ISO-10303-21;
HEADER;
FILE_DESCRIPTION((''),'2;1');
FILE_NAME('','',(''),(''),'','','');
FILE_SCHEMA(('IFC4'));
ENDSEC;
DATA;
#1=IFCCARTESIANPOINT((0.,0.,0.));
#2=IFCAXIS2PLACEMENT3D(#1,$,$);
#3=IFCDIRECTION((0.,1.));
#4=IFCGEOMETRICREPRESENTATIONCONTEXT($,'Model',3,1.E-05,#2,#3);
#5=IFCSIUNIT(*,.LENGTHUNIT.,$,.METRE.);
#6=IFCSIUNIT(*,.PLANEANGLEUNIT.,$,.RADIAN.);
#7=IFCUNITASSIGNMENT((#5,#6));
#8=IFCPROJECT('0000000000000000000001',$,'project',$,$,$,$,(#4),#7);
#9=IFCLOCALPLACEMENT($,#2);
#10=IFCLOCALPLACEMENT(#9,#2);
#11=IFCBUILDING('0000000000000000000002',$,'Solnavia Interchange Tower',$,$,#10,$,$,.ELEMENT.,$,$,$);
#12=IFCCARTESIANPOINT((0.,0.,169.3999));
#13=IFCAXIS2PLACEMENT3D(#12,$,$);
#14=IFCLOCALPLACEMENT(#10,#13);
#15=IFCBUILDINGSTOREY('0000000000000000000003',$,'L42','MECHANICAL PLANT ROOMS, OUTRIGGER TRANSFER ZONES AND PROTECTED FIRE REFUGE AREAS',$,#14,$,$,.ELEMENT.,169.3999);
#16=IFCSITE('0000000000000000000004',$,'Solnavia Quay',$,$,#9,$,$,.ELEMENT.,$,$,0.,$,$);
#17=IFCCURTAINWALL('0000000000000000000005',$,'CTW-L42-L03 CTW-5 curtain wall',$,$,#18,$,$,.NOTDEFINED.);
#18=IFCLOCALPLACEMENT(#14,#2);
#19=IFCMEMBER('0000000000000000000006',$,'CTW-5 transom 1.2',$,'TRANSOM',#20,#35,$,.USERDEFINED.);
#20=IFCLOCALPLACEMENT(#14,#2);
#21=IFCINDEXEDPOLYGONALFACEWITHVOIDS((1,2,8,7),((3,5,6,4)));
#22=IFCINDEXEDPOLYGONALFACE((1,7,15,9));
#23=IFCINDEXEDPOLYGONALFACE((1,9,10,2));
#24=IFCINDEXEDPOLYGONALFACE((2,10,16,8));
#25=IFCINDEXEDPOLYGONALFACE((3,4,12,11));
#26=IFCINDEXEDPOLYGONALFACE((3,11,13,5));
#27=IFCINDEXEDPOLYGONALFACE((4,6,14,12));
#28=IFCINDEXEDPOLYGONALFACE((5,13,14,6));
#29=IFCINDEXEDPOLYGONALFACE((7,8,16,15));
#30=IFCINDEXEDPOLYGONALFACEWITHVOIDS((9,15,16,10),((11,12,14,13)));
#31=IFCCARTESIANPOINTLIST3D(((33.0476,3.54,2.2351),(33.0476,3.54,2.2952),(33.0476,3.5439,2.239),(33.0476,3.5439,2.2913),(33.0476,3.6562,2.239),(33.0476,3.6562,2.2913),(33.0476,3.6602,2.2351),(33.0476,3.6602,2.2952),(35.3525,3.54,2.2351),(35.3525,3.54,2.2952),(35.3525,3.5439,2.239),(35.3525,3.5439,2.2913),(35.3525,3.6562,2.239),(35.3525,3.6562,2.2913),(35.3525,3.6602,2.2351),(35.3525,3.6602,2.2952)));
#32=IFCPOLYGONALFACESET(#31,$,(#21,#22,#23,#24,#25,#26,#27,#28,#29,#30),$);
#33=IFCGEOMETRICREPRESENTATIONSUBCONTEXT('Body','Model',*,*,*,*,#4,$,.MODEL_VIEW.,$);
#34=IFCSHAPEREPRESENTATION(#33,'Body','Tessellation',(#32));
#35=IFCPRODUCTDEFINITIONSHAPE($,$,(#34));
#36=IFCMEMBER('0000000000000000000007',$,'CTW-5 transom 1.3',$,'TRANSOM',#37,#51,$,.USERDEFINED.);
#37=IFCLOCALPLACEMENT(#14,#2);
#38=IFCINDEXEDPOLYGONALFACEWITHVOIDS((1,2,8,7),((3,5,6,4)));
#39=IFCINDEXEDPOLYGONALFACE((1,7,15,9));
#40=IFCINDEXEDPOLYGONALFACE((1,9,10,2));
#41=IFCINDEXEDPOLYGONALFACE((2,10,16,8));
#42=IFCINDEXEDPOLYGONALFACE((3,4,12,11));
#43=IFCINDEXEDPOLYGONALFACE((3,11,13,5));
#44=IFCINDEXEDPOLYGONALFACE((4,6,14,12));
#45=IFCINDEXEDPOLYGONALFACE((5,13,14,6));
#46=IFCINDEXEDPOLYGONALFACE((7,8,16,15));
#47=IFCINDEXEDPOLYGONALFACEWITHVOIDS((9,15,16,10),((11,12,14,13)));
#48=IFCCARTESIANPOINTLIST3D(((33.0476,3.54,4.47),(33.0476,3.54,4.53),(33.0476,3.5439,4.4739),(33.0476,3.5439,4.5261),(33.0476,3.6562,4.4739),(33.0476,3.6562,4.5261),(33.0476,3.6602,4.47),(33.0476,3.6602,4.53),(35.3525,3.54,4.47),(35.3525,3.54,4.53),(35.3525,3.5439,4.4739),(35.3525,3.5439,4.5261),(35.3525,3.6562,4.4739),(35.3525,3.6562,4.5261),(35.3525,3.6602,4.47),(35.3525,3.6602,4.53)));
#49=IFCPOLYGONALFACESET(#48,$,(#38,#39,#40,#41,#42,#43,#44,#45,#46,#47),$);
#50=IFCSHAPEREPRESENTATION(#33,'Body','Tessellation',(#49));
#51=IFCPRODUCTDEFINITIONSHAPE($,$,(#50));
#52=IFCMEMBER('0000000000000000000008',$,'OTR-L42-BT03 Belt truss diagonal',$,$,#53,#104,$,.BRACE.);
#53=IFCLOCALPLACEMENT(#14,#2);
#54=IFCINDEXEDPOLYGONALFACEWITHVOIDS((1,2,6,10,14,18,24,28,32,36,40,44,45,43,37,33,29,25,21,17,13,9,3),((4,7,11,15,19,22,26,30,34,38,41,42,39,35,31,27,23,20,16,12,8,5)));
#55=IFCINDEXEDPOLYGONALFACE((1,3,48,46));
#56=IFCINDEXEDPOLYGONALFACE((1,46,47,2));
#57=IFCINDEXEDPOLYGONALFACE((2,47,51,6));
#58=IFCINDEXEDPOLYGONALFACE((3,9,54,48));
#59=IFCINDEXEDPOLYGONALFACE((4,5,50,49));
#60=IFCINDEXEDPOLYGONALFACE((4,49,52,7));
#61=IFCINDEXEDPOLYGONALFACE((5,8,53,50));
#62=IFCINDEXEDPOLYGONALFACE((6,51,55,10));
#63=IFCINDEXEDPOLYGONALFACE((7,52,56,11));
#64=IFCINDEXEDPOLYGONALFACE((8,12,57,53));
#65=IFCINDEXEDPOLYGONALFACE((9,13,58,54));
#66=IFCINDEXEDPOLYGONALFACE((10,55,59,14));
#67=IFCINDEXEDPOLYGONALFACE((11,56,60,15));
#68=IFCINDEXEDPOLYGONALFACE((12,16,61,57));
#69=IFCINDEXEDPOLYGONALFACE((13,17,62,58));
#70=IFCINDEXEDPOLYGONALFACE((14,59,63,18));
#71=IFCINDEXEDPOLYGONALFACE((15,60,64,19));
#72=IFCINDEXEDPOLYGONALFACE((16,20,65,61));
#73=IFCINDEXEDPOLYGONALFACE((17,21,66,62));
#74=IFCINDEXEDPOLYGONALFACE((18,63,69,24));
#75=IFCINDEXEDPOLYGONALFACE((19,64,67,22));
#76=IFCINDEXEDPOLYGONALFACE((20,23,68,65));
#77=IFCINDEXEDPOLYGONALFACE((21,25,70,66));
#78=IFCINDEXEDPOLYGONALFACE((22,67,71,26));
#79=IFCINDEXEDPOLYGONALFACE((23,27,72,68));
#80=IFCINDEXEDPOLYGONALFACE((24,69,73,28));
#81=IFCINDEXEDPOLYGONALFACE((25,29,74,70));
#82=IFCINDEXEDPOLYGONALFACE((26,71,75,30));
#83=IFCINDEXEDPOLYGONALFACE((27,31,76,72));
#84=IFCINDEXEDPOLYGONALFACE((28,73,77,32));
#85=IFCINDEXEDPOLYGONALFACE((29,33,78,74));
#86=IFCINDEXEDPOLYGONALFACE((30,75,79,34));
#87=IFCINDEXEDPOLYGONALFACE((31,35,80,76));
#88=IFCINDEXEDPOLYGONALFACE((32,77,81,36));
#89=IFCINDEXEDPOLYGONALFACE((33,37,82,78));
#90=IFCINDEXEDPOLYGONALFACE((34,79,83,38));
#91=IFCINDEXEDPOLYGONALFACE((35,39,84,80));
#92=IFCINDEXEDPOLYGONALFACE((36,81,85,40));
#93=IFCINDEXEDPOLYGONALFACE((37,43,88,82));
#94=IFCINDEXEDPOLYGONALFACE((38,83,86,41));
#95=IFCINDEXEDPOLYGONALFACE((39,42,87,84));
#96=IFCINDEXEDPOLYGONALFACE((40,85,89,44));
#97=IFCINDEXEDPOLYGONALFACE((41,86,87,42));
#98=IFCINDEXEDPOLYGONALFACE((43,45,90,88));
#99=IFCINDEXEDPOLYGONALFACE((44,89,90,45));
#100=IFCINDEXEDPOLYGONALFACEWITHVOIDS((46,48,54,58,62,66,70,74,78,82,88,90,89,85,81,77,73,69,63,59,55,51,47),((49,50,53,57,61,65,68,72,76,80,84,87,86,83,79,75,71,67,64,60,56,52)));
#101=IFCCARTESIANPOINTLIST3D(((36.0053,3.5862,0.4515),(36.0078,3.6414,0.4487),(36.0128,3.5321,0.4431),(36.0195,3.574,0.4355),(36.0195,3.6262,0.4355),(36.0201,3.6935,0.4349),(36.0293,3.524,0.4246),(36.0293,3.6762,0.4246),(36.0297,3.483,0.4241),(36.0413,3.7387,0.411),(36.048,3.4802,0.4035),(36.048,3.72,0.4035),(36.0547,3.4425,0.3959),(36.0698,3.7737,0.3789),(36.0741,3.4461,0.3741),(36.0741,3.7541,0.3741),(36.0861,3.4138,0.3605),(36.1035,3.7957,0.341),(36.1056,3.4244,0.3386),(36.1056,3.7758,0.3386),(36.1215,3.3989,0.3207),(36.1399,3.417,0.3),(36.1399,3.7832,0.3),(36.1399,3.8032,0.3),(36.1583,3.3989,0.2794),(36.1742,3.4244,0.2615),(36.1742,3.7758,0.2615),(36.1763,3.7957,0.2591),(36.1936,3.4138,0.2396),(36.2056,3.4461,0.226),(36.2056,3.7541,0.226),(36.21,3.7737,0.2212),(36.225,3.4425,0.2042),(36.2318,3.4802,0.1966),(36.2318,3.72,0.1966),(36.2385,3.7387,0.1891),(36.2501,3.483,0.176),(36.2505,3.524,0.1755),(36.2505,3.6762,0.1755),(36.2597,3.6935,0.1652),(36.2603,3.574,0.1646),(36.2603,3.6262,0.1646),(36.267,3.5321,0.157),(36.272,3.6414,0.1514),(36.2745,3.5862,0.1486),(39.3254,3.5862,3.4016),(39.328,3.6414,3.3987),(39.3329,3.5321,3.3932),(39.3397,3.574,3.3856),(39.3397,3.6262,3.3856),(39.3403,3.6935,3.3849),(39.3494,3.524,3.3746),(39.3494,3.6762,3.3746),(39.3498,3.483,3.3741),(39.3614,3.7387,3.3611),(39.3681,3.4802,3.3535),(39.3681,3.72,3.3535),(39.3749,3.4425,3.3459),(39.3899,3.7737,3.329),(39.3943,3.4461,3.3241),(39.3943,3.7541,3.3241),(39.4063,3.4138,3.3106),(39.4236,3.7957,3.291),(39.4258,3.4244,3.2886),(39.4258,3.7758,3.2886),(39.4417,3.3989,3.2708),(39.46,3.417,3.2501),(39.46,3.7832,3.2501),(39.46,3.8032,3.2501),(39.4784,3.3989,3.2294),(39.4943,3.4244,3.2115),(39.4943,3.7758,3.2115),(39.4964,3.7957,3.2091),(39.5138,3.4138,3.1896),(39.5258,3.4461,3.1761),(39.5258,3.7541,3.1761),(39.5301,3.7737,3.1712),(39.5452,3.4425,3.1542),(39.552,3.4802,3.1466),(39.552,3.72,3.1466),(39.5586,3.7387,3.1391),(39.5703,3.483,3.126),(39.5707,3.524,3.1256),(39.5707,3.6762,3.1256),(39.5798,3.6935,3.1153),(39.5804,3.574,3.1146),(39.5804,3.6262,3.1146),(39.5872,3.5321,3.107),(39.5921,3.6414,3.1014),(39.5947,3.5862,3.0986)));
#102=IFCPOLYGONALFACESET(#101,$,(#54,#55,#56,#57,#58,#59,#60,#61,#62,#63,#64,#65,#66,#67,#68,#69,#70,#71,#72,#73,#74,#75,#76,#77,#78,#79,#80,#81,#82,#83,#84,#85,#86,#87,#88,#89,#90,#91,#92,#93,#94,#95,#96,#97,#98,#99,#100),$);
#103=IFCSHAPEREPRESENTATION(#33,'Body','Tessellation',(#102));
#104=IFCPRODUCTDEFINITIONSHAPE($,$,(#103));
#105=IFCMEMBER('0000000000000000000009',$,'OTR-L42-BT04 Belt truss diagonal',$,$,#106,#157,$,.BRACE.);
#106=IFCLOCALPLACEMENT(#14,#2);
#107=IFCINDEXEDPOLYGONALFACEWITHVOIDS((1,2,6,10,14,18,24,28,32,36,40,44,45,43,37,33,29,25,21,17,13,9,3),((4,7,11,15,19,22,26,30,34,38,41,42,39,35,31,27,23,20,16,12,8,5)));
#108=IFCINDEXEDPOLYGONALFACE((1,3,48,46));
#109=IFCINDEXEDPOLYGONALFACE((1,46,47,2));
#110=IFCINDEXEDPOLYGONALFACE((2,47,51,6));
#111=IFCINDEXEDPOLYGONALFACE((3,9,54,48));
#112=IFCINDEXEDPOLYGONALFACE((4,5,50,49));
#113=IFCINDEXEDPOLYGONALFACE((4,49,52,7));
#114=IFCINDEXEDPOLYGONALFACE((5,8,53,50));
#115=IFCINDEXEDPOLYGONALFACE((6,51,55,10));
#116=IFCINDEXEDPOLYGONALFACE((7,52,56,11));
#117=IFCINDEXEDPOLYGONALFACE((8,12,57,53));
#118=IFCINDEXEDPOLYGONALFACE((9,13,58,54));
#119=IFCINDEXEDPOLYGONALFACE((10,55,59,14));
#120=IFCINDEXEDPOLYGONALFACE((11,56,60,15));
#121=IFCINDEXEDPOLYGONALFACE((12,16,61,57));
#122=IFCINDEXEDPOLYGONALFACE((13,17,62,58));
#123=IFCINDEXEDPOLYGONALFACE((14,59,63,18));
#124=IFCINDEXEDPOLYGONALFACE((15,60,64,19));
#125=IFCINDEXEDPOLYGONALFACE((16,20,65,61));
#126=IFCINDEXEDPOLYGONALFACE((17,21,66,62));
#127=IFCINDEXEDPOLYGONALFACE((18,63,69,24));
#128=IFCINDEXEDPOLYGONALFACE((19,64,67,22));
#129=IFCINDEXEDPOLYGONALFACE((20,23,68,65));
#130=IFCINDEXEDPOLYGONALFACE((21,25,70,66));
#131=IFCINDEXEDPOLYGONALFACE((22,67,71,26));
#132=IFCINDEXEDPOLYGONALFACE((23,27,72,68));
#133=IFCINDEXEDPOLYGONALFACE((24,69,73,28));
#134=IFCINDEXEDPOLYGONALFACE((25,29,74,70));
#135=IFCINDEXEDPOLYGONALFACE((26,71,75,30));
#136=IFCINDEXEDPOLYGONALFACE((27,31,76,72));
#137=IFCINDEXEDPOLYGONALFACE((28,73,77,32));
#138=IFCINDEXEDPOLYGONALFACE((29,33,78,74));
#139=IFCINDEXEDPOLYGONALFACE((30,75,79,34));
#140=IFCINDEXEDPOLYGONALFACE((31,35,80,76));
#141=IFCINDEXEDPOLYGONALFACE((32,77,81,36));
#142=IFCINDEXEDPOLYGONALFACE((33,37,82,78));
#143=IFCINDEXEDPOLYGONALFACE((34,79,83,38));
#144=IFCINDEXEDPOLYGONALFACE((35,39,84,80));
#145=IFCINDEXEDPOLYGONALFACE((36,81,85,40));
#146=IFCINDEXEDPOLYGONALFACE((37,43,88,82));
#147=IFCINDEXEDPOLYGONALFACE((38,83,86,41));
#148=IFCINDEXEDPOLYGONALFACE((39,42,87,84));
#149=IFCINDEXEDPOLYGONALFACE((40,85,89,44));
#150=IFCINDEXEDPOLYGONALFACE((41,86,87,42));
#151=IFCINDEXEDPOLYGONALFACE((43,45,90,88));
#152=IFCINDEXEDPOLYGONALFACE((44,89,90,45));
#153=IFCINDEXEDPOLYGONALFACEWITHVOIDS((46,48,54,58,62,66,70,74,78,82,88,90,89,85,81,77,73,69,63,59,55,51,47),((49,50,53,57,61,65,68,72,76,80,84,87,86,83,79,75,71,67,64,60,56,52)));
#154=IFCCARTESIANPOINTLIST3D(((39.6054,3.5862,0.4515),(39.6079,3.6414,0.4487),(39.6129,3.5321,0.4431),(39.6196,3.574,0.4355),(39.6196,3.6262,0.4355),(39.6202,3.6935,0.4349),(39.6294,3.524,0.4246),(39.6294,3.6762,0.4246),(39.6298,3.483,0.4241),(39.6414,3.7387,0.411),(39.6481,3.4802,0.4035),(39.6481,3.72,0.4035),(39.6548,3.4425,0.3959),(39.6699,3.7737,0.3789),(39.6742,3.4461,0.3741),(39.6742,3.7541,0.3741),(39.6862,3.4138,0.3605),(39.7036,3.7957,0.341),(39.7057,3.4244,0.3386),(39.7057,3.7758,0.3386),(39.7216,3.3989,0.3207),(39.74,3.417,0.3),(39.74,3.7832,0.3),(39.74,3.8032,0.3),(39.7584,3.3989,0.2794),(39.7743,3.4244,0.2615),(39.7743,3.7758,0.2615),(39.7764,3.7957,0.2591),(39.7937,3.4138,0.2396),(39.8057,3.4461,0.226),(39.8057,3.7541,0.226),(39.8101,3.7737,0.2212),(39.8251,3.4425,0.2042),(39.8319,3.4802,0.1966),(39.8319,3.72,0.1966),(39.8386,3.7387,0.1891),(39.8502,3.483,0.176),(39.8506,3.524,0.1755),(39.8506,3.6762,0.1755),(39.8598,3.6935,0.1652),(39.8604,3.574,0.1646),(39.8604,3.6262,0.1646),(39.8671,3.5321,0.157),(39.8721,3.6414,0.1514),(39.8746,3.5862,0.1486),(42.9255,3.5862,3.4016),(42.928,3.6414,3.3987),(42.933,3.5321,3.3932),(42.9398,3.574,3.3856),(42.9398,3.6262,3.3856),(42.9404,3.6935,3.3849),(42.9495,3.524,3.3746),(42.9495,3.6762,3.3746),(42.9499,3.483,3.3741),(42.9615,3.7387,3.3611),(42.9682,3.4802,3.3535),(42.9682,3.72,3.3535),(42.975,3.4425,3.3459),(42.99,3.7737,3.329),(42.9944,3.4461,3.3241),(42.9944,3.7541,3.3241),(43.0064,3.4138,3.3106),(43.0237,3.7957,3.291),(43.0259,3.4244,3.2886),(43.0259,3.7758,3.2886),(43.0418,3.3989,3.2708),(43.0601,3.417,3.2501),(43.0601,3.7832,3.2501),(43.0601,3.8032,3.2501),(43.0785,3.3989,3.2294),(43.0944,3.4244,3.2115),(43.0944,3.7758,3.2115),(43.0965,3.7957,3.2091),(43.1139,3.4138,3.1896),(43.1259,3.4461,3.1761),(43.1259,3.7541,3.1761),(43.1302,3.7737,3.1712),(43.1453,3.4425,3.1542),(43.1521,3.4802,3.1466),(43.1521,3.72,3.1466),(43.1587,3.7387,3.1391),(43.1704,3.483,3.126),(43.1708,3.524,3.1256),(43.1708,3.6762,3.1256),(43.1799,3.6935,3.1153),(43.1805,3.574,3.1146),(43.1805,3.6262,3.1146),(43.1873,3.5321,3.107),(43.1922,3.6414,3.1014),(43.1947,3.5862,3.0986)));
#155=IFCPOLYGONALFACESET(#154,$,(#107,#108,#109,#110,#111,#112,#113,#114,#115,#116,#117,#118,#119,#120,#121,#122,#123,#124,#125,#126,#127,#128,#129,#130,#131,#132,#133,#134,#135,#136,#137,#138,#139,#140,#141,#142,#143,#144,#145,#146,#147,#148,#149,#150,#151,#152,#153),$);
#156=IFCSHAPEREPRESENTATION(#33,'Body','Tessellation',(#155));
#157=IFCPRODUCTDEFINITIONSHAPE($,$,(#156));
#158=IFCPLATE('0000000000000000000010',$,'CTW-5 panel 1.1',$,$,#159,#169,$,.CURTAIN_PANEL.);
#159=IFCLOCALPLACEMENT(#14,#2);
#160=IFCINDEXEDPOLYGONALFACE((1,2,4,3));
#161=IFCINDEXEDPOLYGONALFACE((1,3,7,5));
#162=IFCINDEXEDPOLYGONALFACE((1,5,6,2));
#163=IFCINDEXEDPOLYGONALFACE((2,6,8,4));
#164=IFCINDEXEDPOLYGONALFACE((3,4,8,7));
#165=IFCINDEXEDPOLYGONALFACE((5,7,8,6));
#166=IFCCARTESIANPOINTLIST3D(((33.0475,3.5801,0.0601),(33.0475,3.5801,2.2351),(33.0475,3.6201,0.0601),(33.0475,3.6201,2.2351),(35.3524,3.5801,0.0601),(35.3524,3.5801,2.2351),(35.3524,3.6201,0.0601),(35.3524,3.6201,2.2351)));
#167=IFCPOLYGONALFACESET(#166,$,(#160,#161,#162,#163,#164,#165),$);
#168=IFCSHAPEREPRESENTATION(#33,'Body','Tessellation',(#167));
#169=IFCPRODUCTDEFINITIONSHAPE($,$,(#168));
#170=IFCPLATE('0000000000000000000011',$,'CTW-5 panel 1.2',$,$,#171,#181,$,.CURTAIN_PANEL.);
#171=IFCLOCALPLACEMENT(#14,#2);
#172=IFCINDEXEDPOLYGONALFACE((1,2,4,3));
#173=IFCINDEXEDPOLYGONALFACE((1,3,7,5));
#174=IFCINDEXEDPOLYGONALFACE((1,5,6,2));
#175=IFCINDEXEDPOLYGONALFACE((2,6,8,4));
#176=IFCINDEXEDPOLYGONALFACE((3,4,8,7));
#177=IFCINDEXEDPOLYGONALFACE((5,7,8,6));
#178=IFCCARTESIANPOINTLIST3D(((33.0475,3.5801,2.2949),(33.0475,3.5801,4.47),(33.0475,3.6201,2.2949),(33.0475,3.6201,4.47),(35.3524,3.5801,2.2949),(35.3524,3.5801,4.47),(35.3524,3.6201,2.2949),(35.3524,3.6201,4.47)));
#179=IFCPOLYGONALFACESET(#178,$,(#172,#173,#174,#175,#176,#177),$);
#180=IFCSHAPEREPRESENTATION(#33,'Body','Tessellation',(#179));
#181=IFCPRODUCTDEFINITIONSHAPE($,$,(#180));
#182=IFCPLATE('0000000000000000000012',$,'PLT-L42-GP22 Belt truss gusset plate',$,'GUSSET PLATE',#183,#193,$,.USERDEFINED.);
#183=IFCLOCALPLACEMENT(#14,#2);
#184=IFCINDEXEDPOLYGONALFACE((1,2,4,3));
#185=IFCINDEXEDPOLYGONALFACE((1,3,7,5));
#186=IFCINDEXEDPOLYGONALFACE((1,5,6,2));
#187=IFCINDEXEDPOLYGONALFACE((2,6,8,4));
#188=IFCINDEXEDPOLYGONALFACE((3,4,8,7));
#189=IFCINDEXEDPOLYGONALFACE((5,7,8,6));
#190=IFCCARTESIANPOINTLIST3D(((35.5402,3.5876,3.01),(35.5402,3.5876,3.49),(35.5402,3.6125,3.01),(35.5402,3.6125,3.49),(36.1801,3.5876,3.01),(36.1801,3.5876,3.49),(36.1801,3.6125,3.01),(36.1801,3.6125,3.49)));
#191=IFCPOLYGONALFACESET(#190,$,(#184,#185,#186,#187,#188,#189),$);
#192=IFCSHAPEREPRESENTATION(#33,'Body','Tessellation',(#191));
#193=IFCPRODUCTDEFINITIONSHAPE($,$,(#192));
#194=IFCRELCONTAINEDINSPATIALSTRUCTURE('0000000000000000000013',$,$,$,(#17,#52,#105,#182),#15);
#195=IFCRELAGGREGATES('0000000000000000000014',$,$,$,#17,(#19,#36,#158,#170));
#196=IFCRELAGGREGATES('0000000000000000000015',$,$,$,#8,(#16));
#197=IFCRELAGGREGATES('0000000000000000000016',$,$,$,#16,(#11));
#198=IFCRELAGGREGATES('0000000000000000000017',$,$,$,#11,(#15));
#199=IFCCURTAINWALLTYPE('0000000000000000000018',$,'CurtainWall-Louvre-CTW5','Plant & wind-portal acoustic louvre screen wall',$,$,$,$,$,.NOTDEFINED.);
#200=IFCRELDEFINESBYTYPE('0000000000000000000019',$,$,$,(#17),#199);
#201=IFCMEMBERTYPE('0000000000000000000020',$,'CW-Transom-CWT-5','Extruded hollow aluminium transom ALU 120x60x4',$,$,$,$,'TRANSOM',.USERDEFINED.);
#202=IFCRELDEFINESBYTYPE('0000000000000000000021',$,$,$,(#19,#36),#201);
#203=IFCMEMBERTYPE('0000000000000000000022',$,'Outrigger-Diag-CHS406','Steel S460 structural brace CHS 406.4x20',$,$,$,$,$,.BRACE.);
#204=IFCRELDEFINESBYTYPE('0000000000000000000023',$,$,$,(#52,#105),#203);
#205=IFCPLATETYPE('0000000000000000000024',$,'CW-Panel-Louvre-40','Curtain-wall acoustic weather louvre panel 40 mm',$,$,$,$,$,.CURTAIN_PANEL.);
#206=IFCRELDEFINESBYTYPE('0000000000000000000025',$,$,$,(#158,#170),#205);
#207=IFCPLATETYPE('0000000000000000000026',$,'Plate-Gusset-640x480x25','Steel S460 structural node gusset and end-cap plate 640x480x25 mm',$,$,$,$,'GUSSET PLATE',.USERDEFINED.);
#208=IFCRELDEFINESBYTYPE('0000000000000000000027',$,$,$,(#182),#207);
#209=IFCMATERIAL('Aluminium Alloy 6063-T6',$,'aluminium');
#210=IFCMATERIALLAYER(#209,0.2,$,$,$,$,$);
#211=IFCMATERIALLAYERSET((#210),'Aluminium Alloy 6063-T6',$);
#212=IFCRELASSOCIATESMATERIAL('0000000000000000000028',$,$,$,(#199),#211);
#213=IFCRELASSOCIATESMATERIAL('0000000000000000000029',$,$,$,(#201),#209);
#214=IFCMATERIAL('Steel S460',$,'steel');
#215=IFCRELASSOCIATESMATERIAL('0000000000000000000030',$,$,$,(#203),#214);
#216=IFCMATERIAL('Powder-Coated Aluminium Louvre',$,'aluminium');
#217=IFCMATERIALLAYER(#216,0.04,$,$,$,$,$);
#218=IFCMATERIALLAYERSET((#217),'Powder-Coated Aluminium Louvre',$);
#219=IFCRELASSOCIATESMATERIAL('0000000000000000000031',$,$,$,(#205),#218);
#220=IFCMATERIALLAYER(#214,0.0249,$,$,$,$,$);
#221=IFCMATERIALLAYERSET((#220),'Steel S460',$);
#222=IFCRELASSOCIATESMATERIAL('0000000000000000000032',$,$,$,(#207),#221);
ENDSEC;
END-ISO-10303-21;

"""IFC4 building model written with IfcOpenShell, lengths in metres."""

from ifc_helpers import new_model, si_unit, direction, frame, origin, origin_2d, place, context, subcontext, project, spatial, rectangle, hollow_rectangle, hollow_circle, extrude, material, layer, layer_set, material_profile, profile_set, type_object, element, aggregate, save


model = new_model("IFC4")

# Units and contexts
model_context = context("Model", 3, precision=1e-05, world=origin(), true_north=direction((0.0, 1.0)))
body_context = subcontext(model_context, "Body", "Model", "MODEL_VIEW")
ifc_project = project(units=[si_unit("LENGTHUNIT", "METRE"), si_unit("PLANEANGLEUNIT", "RADIAN")], contexts=[model_context])

# Site, building, storey
site_placement = place(None, origin())
site = spatial("IfcSite", under=ifc_project, at=site_placement, Name="Solnavia Quay", CompositionType="ELEMENT", RefElevation=0.0)
building_placement = place(site_placement, origin())
building = spatial("IfcBuilding", under=site, at=building_placement, Name="Solnavia Interchange Tower", CompositionType="ELEMENT")
storey_placement = place(building_placement, frame((0.0, 0.0, 169.3999)))
storey = spatial("IfcBuildingStorey", under=building, at=storey_placement, Name="L42", Description="MECHANICAL PLANT ROOMS, OUTRIGGER TRANSFER ZONES AND PROTECTED FIRE REFUGE AREAS", CompositionType="ELEMENT", Elevation=169.3999)

# Shared definitions
ifc_material_1 = material(Name="Steel S460", Category="steel")

# Curtain wall, members
ifc_material_2 = material(Name="Aluminium Alloy 6063-T6", Category="aluminium")
ifc_layer_1 = layer(ifc_material_2, 0.2)
ifc_layer_set_1 = layer_set([ifc_layer_1], Name="Aluminium Alloy 6063-T6")
curtain_wall_type = type_object("IfcCurtainWallType", Name="CurtainWall-Louvre-CTW5", Description="Plant & wind-portal acoustic louvre screen wall", PredefinedType="NOTDEFINED", material=ifc_layer_set_1)
curtain_wall_placement = place(storey_placement, origin())
curtain_wall = element("IfcCurtainWall", 1, at=curtain_wall_placement, inside=storey, type_object=curtain_wall_type, Name="CTW-L42-L03 CTW-5 curtain wall", PredefinedType="NOTDEFINED")
ifc_material_profile_1 = material_profile(ifc_material_2, hollow_rectangle(XDim=0.0601, YDim=0.1201, WallThickness=0.0039, at=origin_2d()), Name="ALU 120x60x4")
ifc_profile_set_1 = profile_set([ifc_material_profile_1], Name="Aluminium Alloy 6063-T6")
member_type_1 = type_object("IfcMemberType", Name="CW-Transom-CWT-5", Description="Extruded hollow aluminium transom ALU 120x60x4", ElementType="TRANSOM", PredefinedType="USERDEFINED", material=ifc_profile_set_1)
member_1_placement = place(storey_placement, frame((33.0476, 3.6001, 2.2651), z_axis=(1.0, 0.0, 0.0), x_axis=(0.0, 0.0, 1.0)))
member_1 = element("IfcMember", 2, at=member_1_placement, type_object=member_type_1, Name="CTW-5 transom 1.2", ObjectType="TRANSOM", PredefinedType="USERDEFINED", context=body_context, shape_type="SweptSolid", body=[
    extrude(hollow_rectangle(XDim=0.0601, YDim=0.1201, WallThickness=0.0039, at=origin_2d()), origin(), (0.0, 0.0, 1.0), 2.3049),
])
member_2_placement = place(storey_placement, frame((33.0476, 3.6001, 4.5), z_axis=(1.0, 0.0, 0.0), x_axis=(0.0, 0.0, 1.0)))
member_2 = element("IfcMember", 3, at=member_2_placement, type_object=member_type_1, Name="CTW-5 transom 1.3", ObjectType="TRANSOM", PredefinedType="USERDEFINED", context=body_context, shape_type="SweptSolid", body=[
    extrude(hollow_rectangle(XDim=0.0601, YDim=0.1201, WallThickness=0.0039, at=origin_2d()), origin(), (0.0, 0.0, 1.0), 2.3049),
])

# Members
ifc_material_profile_2 = material_profile(ifc_material_1, hollow_circle(Radius=0.2031, WallThickness=0.02, at=origin_2d()), Name="CHS 406.4x20")
ifc_profile_set_2 = profile_set([ifc_material_profile_2], Name="Steel S460")
member_type_2 = type_object("IfcMemberType", Name="Outrigger-Diag-CHS406", Description="Steel S460 structural brace CHS 406.4x20", PredefinedType="BRACE", material=ifc_profile_set_2)
for number, where, z_axis, x_axis, name in (
    (4, (36.1399, 3.6001, 0.3), (0.747546, 0.0, 0.66421), (0.0, 1.0, 0.0), "OTR-L42-BT03 Belt truss diagonal"),
    (5, (39.74, 3.6001, 0.3), (0.747546, 0.0, 0.66421), (0.0, 1.0, 0.0), "OTR-L42-BT04 Belt truss diagonal"),
):
    element("IfcMember", number, at=place(storey_placement, frame(where, z_axis=z_axis, x_axis=x_axis)), inside=storey, type_object=member_type_2, Name=name, PredefinedType="BRACE", context=body_context, shape_type="SweptSolid", body=[
        extrude(hollow_circle(Radius=0.2031, WallThickness=0.02, at=origin_2d()), origin(), (0.0, 0.0, 1.0), 4.4414),
    ])

# Plates
ifc_material_3 = material(Name="Powder-Coated Aluminium Louvre", Category="aluminium")
ifc_layer_2 = layer(ifc_material_3, 0.04)
ifc_layer_set_2 = layer_set([ifc_layer_2], Name="Powder-Coated Aluminium Louvre")
plate_type_1 = type_object("IfcPlateType", Name="CW-Panel-Louvre-40", Description="Curtain-wall acoustic weather louvre panel 40 mm", PredefinedType="CURTAIN_PANEL", material=ifc_layer_set_2)
plate_1_placement = place(storey_placement, frame((34.2, 3.6001, 0.0601), z_axis=(0.0, 0.0, 1.0), x_axis=(1.0, 0.0, 0.0)))
plate_1 = element("IfcPlate", 6, at=plate_1_placement, type_object=plate_type_1, Name="CTW-5 panel 1.1", PredefinedType="CURTAIN_PANEL", context=body_context, shape_type="SweptSolid", body=[
    extrude(rectangle(XDim=2.3049, YDim=0.04, at=origin_2d()), origin(), (0.0, 0.0, 1.0), 2.175),
])
plate_2_placement = place(storey_placement, frame((34.2, 3.6001, 2.2949), z_axis=(0.0, 0.0, 1.0), x_axis=(1.0, 0.0, 0.0)))
plate_2 = element("IfcPlate", 7, at=plate_2_placement, type_object=plate_type_1, Name="CTW-5 panel 1.2", PredefinedType="CURTAIN_PANEL", context=body_context, shape_type="SweptSolid", body=[
    extrude(rectangle(XDim=2.3049, YDim=0.04, at=origin_2d()), origin(), (0.0, 0.0, 1.0), 2.175),
])
aggregate(curtain_wall, [member_1, member_2, plate_1, plate_2])

# Plate
ifc_layer_3 = layer(ifc_material_1, 0.0249)
ifc_layer_set_3 = layer_set([ifc_layer_3], Name="Steel S460")
plate_type_2 = type_object("IfcPlateType", Name="Plate-Gusset-640x480x25", Description="Steel S460 structural node gusset and end-cap plate 640x480x25 mm", ElementType="GUSSET PLATE", PredefinedType="USERDEFINED", material=ifc_layer_set_3)
for number, where, z_axis, x_axis, name in (
    (8, (35.8601, 3.6001, 3.01), (0.0, 0.0, 1.0), (1.0, 0.0, 0.0), "PLT-L42-GP22 Belt truss gusset plate"),
):
    element("IfcPlate", number, at=place(storey_placement, frame(where, z_axis=z_axis, x_axis=x_axis)), inside=storey, type_object=plate_type_2, Name=name, ObjectType="GUSSET PLATE", PredefinedType="USERDEFINED", context=body_context, shape_type="SweptSolid", body=[
        extrude(rectangle(XDim=0.6399, YDim=0.0249, at=origin_2d()), origin(), (0.0, 0.0, 1.0), 0.48),
    ])

save(model, "model.ifc")
